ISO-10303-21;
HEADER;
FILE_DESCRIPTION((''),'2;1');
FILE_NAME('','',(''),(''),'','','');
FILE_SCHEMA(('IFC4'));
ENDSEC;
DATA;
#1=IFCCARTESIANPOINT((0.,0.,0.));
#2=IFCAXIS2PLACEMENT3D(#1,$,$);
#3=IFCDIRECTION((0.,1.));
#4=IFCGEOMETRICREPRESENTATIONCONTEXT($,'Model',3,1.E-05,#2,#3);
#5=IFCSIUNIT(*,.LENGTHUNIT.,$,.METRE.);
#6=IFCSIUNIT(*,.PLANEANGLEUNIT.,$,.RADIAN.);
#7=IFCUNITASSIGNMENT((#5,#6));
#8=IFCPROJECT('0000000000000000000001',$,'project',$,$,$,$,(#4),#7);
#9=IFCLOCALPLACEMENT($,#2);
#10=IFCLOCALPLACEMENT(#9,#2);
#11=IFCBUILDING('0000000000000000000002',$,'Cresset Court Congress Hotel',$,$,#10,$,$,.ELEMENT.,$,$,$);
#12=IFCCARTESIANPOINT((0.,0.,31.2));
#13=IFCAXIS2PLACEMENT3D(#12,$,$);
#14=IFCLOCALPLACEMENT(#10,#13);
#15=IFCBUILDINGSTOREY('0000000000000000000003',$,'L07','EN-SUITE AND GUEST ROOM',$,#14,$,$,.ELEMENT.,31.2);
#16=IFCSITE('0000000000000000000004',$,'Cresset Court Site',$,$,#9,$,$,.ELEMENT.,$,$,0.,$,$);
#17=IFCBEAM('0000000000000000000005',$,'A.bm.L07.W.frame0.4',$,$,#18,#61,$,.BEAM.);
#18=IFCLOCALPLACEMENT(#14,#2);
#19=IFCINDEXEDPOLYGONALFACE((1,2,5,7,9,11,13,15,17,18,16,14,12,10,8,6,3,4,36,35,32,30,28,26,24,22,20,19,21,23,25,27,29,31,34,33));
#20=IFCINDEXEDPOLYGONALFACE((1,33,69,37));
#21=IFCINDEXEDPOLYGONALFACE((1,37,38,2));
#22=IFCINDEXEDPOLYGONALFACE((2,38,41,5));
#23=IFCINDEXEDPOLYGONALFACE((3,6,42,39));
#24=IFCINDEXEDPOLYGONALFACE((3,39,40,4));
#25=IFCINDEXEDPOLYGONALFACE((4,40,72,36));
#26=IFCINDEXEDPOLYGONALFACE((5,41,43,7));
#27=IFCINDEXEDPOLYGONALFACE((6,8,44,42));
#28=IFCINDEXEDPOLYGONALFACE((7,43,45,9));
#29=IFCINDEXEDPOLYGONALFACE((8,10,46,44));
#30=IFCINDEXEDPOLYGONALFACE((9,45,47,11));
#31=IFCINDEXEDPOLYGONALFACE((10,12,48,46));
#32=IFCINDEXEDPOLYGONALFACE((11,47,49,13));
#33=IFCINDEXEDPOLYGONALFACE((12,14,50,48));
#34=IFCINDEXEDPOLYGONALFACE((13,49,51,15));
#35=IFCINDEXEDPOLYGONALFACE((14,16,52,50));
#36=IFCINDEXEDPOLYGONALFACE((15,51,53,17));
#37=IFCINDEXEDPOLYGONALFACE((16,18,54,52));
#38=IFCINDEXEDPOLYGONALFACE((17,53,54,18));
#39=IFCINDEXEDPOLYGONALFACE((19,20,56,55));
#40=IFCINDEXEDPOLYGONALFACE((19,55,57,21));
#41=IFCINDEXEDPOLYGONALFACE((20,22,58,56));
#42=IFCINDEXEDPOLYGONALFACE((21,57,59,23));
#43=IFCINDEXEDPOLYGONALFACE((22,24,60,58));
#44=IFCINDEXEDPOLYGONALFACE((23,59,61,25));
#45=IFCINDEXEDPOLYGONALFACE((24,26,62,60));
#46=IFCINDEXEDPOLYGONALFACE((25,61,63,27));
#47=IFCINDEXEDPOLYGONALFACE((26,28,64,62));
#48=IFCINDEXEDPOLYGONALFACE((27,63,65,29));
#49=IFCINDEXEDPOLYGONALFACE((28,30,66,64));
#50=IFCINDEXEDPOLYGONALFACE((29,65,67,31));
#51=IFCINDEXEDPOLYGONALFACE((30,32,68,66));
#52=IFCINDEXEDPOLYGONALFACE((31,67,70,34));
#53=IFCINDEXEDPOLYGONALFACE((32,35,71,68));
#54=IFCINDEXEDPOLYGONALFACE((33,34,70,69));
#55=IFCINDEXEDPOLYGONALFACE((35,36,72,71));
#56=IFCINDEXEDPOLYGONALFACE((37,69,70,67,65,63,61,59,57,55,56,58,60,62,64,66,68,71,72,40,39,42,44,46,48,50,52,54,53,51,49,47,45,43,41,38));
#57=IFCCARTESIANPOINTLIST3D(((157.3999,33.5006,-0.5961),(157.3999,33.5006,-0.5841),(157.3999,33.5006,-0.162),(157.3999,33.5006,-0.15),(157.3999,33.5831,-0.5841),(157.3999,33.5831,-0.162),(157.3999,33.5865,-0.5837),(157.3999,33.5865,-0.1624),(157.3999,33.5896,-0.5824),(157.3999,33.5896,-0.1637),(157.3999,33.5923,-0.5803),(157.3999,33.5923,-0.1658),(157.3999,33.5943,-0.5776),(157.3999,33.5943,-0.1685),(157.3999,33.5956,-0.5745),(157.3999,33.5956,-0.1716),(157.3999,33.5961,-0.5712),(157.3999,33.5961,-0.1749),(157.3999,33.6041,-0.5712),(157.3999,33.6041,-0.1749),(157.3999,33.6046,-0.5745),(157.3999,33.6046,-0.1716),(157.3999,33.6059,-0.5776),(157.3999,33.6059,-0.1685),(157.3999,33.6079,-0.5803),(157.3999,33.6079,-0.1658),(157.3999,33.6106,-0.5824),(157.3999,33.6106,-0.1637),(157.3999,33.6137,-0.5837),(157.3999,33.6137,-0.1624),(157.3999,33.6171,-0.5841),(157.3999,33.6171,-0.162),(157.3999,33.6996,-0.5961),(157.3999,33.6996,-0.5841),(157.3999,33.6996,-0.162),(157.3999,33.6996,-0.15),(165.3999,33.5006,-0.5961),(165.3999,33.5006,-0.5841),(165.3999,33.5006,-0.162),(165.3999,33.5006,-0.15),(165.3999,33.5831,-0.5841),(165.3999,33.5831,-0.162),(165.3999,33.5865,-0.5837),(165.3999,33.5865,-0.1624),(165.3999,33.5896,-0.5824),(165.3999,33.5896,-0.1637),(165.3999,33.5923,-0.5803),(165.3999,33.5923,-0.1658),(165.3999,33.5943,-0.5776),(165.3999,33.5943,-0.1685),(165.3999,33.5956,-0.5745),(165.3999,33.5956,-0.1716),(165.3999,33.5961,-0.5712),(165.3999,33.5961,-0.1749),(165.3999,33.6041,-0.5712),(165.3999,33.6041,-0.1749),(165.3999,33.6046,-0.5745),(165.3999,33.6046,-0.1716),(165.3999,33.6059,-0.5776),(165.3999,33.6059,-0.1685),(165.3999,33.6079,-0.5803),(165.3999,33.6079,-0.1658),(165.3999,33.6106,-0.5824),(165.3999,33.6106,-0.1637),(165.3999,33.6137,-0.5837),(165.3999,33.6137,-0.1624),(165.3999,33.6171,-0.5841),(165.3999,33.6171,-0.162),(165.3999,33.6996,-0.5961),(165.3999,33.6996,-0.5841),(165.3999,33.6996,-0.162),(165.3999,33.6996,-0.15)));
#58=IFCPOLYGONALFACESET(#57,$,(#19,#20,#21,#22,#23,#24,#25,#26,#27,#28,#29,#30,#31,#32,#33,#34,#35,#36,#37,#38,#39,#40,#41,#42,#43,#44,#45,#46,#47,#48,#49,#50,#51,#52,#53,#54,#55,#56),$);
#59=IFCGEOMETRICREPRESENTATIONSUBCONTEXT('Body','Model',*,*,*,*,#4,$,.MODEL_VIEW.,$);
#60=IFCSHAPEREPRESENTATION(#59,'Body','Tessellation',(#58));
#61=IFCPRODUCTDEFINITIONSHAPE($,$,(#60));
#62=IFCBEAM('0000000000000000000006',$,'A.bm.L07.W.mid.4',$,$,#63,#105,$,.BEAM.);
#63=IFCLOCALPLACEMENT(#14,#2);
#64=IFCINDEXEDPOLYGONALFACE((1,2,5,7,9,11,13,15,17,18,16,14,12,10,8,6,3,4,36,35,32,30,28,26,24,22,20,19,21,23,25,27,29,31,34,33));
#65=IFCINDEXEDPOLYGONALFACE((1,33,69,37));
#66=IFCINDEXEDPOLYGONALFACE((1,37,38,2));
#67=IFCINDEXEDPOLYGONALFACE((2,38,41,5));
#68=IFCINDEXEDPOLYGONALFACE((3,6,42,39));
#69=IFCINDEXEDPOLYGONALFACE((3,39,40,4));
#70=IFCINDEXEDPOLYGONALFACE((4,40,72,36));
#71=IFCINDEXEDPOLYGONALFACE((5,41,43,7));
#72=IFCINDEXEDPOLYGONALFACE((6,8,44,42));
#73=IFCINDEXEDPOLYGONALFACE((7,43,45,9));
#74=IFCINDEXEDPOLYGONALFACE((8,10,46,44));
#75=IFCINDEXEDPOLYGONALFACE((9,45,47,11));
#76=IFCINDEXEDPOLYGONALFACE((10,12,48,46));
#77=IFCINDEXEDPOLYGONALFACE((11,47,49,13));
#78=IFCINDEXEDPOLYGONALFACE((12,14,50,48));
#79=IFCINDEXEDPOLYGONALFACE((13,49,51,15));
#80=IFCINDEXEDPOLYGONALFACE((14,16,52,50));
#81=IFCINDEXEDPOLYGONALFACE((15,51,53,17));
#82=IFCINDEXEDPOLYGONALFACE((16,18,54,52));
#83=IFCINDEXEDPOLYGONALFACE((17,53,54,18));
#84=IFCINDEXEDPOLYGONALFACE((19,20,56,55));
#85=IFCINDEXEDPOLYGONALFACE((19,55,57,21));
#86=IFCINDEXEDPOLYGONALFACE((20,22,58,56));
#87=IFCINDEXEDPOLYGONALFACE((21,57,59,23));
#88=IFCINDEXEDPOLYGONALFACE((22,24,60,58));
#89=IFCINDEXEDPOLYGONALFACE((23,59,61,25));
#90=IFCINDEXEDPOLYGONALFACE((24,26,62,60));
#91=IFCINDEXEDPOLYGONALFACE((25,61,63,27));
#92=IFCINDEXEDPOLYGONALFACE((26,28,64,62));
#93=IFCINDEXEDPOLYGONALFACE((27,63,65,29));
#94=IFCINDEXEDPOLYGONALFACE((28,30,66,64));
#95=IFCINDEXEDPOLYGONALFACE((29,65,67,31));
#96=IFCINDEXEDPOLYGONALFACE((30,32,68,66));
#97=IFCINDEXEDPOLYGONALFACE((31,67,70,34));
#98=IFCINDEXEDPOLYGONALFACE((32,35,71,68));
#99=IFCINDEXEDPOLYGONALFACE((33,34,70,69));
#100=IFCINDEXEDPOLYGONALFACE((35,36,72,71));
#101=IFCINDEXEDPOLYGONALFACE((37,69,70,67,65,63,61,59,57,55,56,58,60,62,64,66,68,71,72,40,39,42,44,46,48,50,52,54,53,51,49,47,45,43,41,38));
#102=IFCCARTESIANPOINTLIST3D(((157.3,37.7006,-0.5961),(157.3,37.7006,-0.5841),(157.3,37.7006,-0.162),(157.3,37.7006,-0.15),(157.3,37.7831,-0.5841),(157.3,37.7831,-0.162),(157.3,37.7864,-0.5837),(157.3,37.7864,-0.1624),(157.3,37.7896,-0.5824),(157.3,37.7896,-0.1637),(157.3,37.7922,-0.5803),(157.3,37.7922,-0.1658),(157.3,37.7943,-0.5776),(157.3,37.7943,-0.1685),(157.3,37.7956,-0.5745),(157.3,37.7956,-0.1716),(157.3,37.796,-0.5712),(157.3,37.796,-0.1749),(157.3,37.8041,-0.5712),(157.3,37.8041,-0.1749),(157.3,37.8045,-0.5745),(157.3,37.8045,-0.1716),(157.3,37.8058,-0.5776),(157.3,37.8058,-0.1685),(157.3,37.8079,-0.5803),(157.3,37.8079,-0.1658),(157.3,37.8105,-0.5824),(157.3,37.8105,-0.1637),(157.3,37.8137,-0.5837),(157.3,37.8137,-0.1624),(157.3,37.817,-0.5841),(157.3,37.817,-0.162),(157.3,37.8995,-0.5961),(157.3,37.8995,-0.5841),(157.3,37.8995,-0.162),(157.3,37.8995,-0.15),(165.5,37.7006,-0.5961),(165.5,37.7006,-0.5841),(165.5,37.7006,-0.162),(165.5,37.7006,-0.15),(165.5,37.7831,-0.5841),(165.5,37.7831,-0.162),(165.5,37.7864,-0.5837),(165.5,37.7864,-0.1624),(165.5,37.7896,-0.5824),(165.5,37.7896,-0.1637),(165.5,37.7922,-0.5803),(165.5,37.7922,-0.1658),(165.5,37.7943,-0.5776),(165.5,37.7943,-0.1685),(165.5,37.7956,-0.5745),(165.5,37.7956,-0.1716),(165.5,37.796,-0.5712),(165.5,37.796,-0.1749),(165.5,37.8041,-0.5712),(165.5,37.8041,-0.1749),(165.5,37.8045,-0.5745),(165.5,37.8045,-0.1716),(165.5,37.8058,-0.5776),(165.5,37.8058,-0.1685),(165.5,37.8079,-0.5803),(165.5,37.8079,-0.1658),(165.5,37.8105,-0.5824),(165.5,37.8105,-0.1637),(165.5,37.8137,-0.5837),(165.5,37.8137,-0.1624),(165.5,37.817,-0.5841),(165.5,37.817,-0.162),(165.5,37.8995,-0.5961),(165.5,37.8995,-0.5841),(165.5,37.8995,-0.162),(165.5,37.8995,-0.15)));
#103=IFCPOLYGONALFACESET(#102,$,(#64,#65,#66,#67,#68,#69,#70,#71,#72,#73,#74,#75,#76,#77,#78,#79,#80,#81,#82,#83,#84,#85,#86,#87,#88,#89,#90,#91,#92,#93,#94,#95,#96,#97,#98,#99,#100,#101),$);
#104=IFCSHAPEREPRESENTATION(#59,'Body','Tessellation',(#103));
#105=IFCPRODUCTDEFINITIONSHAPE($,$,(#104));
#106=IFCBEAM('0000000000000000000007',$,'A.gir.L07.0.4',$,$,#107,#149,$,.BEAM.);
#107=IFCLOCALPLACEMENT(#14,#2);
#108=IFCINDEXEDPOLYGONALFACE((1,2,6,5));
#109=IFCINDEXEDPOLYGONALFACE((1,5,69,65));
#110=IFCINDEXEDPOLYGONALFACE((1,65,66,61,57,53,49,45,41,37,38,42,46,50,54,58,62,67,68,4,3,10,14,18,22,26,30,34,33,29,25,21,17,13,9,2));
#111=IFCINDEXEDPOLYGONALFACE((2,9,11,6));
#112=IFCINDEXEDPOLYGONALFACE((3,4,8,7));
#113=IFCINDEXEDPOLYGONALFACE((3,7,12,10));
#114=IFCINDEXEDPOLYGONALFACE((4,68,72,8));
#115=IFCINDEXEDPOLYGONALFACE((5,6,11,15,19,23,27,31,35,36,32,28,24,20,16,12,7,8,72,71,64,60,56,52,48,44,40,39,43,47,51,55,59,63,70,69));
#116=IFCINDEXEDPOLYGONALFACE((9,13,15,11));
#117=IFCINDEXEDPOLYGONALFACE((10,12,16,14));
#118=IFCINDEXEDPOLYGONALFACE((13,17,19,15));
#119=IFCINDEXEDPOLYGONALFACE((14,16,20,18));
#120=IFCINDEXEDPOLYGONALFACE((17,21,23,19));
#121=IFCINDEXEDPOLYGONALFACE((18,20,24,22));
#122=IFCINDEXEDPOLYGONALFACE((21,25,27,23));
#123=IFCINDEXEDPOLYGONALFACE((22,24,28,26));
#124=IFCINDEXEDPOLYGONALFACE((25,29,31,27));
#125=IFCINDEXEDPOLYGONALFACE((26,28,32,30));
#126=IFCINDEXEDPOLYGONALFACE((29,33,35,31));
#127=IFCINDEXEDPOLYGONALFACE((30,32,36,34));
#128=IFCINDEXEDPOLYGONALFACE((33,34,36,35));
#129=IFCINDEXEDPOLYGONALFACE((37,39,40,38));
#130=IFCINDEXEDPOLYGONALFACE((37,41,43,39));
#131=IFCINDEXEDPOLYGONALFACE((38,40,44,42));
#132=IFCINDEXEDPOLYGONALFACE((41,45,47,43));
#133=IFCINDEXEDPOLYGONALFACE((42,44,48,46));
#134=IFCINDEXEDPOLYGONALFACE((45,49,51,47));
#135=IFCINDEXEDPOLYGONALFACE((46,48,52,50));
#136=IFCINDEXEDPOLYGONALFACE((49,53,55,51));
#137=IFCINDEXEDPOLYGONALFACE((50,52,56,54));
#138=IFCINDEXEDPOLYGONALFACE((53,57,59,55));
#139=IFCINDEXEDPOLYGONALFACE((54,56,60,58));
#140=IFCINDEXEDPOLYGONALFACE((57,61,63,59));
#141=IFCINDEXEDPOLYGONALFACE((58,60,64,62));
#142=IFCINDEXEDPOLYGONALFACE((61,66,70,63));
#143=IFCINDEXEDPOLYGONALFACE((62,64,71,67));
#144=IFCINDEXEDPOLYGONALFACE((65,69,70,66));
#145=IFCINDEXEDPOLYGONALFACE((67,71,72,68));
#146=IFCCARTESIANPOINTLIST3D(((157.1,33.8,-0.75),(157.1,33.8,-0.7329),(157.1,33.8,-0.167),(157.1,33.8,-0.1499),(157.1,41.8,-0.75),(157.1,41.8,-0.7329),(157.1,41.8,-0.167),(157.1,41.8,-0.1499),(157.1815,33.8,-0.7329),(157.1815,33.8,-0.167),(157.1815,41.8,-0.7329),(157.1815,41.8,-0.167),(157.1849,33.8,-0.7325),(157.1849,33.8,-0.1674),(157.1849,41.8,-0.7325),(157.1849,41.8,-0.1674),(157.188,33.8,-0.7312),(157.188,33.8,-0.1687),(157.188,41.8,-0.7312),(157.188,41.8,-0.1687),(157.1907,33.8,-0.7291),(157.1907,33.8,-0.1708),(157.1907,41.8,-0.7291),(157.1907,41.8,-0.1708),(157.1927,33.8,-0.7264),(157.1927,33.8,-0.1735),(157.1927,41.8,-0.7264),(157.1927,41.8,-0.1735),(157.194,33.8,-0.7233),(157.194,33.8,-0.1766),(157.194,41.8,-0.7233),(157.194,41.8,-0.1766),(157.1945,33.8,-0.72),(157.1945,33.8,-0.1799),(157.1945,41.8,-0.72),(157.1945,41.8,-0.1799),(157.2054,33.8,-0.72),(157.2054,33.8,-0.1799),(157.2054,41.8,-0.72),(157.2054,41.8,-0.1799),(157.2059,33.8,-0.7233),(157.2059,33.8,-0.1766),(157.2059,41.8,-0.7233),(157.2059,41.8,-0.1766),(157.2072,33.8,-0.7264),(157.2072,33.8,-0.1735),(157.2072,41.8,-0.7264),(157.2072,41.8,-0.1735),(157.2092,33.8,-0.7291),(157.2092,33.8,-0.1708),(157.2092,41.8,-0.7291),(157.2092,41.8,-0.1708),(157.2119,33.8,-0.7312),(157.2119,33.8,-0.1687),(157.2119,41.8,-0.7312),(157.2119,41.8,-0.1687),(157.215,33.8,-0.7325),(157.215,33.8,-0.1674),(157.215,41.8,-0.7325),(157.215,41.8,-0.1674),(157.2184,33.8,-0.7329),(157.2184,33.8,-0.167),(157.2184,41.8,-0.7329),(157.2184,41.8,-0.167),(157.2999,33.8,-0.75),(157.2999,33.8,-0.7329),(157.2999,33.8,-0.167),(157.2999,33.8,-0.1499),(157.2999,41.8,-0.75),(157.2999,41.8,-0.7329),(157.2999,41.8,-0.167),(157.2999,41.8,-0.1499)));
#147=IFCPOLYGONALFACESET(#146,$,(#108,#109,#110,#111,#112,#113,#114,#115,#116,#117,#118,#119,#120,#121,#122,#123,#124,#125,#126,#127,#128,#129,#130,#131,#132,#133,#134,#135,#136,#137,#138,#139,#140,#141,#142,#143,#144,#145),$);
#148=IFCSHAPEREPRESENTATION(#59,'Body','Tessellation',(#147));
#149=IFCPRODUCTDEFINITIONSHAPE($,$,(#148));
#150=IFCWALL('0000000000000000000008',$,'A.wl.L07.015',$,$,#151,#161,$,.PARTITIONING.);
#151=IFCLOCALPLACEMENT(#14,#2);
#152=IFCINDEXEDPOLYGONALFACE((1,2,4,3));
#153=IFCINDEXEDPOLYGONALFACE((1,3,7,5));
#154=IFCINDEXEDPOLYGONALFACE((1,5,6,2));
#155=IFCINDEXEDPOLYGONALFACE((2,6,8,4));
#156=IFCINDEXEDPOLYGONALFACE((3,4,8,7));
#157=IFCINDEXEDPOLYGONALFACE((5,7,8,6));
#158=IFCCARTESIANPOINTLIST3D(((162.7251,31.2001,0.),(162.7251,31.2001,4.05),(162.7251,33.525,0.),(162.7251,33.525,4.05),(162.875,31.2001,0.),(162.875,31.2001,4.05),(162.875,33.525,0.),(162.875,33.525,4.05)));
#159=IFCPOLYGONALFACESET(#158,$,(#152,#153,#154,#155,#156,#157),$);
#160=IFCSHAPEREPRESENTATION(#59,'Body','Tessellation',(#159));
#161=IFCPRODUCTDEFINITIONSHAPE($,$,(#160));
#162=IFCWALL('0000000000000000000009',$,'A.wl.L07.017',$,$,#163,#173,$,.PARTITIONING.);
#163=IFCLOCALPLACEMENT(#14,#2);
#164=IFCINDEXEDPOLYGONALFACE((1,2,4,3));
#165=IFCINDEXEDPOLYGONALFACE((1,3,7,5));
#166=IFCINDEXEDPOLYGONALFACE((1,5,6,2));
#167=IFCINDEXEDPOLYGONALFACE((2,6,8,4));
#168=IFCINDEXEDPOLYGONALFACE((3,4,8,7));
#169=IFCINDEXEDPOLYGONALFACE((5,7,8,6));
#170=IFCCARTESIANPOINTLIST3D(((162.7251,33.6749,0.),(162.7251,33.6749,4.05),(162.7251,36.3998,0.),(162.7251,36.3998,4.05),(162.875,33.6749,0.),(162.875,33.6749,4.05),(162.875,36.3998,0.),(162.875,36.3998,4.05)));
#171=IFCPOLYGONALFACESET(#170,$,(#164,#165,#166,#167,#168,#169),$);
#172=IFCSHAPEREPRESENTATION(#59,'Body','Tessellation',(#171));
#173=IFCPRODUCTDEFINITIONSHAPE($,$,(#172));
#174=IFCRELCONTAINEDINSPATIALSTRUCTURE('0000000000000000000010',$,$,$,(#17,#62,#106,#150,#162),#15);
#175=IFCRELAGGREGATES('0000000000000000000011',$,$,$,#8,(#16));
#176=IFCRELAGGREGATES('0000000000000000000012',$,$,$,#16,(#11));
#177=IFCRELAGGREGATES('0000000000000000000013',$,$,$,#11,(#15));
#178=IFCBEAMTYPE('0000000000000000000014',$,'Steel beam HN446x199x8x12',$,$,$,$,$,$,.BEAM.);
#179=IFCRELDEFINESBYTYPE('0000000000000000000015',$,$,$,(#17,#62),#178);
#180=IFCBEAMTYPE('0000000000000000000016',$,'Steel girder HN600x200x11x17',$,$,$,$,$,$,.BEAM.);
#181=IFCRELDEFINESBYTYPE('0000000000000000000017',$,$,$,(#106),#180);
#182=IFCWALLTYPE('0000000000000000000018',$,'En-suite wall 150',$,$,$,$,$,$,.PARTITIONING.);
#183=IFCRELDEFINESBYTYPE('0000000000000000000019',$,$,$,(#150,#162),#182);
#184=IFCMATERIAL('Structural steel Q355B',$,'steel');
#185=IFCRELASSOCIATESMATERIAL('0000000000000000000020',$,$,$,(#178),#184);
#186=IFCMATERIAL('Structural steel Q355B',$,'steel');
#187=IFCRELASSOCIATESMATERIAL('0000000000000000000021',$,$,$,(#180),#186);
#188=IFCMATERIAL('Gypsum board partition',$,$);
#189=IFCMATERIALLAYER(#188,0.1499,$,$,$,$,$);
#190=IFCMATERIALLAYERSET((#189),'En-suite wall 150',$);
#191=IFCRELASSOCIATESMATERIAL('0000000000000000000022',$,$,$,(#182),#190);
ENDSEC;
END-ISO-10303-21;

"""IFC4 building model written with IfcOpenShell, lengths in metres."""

from ifc_helpers import new_model, si_unit, direction, frame, frame_2d, origin, origin_2d, place, context, subcontext, project, spatial, rectangle, i_section, extrude, material, layer, layer_set, material_profile, profile_set, type_object, element, save


model = new_model("IFC4")

# Units and contexts
model_context = context("Model", 3, precision=1e-05, world=origin(), true_north=direction((0.0, 1.0)))
body_context = subcontext(model_context, "Body", "Model", "MODEL_VIEW")
ifc_project = project(units=[si_unit("LENGTHUNIT", "METRE"), si_unit("PLANEANGLEUNIT", "RADIAN")], contexts=[model_context])

# Site, building, storey
site_placement = place(None, origin())
site = spatial("IfcSite", under=ifc_project, at=site_placement, Name="Cresset Court Site", CompositionType="ELEMENT", RefElevation=0.0)
building_placement = place(site_placement, origin())
building = spatial("IfcBuilding", under=site, at=building_placement, Name="Cresset Court Congress Hotel", CompositionType="ELEMENT")
storey_placement = place(building_placement, frame((0.0, 0.0, 31.2)))
storey = spatial("IfcBuildingStorey", under=building, at=storey_placement, Name="L07", Description="EN-SUITE AND GUEST ROOM", CompositionType="ELEMENT", Elevation=31.2)

# Beams
ifc_material_1 = material(Name="Structural steel Q355B", Category="steel")
ifc_material_profile_1 = material_profile(ifc_material_1, i_section(OverallWidth=0.199, OverallDepth=0.446, WebThickness=0.0081, FlangeThickness=0.012, FilletRadius=0.0129, at=origin_2d()), Name="HN446x199x8x12")
ifc_profile_set_1 = profile_set([ifc_material_profile_1], Name="Structural steel Q355B")
beam_type_1 = type_object("IfcBeamType", Name="Steel beam HN446x199x8x12", PredefinedType="BEAM", material=ifc_profile_set_1)
beam_1_placement = place(storey_placement, frame((157.3999, 33.6001, -0.373), z_axis=(1.0, 0.0, 0.0), x_axis=(0.0, 1.0, 0.0)))
element("IfcBeam", 1, at=beam_1_placement, inside=storey, type_object=beam_type_1, Name="A.bm.L07.W.frame0.4", PredefinedType="BEAM", context=body_context, shape_type="SweptSolid", body=[
    extrude(i_section(OverallWidth=0.199, OverallDepth=0.446, WebThickness=0.0081, FlangeThickness=0.012, FilletRadius=0.0129, at=origin_2d()), origin(), (0.0, 0.0, 1.0), 8.0),
])
beam_2_placement = place(storey_placement, frame((157.3, 37.8, -0.373), z_axis=(1.0, 0.0, 0.0), x_axis=(0.0, 1.0, 0.0)))
element("IfcBeam", 2, at=beam_2_placement, inside=storey, type_object=beam_type_1, Name="A.bm.L07.W.mid.4", PredefinedType="BEAM", context=body_context, shape_type="SweptSolid", body=[
    extrude(i_section(OverallWidth=0.199, OverallDepth=0.446, WebThickness=0.0081, FlangeThickness=0.012, FilletRadius=0.0129, at=origin_2d()), origin(), (0.0, 0.0, 1.0), 8.2),
])
ifc_material_2 = material(Name="Structural steel Q355B", Category="steel")
ifc_material_profile_2 = material_profile(ifc_material_2, i_section(OverallWidth=0.2, OverallDepth=0.6001, WebThickness=0.011, FlangeThickness=0.0171, FilletRadius=0.0129, at=origin_2d()), Name="HN600x200x11x17")
ifc_profile_set_2 = profile_set([ifc_material_profile_2], Name="Structural steel Q355B")
beam_type_2 = type_object("IfcBeamType", Name="Steel girder HN600x200x11x17", PredefinedType="BEAM", material=ifc_profile_set_2)
beam_3_placement = place(storey_placement, frame((157.2, 33.8, -0.45), z_axis=(0.0, 1.0, 0.0), x_axis=(-1.0, 0.0, 0.0)))
element("IfcBeam", 3, at=beam_3_placement, inside=storey, type_object=beam_type_2, Name="A.gir.L07.0.4", PredefinedType="BEAM", context=body_context, shape_type="SweptSolid", body=[
    extrude(i_section(OverallWidth=0.2, OverallDepth=0.6001, WebThickness=0.011, FlangeThickness=0.0171, FilletRadius=0.0129, at=origin_2d()), origin(), (0.0, 0.0, 1.0), 8.0),
])

# Walls
ifc_material_3 = material(Name="Gypsum board partition")
ifc_layer_1 = layer(ifc_material_3, 0.1499)
ifc_layer_set_1 = layer_set([ifc_layer_1], Name="En-suite wall 150")
wall_type_1 = type_object("IfcWallType", Name="En-suite wall 150", PredefinedType="PARTITIONING", material=ifc_layer_set_1)
wall_1_placement = place(storey_placement, frame((162.8, 31.2, 0.0), z_axis=(0.0, 0.0, 1.0), x_axis=(0.0, 1.0, 0.0)))
element("IfcWall", 4, at=wall_1_placement, inside=storey, type_object=wall_type_1, Name="A.wl.L07.015", PredefinedType="PARTITIONING", context=body_context, shape_type="SweptSolid", body=[
    extrude(rectangle(XDim=2.325, YDim=0.1499, at=frame_2d((1.1626, 0.0))), origin(), (0.0, 0.0, 1.0), 4.05),
])
wall_2_placement = place(storey_placement, frame((162.8, 33.675, 0.0), z_axis=(0.0, 0.0, 1.0), x_axis=(0.0, 1.0, 0.0)))
element("IfcWall", 5, at=wall_2_placement, inside=storey, type_object=wall_type_1, Name="A.wl.L07.017", PredefinedType="PARTITIONING", context=body_context, shape_type="SweptSolid", body=[
    extrude(rectangle(XDim=2.7249, YDim=0.1499, at=frame_2d((1.3623, 0.0))), origin(), (0.0, 0.0, 1.0), 4.05),
])

save(model, "model.ifc")
